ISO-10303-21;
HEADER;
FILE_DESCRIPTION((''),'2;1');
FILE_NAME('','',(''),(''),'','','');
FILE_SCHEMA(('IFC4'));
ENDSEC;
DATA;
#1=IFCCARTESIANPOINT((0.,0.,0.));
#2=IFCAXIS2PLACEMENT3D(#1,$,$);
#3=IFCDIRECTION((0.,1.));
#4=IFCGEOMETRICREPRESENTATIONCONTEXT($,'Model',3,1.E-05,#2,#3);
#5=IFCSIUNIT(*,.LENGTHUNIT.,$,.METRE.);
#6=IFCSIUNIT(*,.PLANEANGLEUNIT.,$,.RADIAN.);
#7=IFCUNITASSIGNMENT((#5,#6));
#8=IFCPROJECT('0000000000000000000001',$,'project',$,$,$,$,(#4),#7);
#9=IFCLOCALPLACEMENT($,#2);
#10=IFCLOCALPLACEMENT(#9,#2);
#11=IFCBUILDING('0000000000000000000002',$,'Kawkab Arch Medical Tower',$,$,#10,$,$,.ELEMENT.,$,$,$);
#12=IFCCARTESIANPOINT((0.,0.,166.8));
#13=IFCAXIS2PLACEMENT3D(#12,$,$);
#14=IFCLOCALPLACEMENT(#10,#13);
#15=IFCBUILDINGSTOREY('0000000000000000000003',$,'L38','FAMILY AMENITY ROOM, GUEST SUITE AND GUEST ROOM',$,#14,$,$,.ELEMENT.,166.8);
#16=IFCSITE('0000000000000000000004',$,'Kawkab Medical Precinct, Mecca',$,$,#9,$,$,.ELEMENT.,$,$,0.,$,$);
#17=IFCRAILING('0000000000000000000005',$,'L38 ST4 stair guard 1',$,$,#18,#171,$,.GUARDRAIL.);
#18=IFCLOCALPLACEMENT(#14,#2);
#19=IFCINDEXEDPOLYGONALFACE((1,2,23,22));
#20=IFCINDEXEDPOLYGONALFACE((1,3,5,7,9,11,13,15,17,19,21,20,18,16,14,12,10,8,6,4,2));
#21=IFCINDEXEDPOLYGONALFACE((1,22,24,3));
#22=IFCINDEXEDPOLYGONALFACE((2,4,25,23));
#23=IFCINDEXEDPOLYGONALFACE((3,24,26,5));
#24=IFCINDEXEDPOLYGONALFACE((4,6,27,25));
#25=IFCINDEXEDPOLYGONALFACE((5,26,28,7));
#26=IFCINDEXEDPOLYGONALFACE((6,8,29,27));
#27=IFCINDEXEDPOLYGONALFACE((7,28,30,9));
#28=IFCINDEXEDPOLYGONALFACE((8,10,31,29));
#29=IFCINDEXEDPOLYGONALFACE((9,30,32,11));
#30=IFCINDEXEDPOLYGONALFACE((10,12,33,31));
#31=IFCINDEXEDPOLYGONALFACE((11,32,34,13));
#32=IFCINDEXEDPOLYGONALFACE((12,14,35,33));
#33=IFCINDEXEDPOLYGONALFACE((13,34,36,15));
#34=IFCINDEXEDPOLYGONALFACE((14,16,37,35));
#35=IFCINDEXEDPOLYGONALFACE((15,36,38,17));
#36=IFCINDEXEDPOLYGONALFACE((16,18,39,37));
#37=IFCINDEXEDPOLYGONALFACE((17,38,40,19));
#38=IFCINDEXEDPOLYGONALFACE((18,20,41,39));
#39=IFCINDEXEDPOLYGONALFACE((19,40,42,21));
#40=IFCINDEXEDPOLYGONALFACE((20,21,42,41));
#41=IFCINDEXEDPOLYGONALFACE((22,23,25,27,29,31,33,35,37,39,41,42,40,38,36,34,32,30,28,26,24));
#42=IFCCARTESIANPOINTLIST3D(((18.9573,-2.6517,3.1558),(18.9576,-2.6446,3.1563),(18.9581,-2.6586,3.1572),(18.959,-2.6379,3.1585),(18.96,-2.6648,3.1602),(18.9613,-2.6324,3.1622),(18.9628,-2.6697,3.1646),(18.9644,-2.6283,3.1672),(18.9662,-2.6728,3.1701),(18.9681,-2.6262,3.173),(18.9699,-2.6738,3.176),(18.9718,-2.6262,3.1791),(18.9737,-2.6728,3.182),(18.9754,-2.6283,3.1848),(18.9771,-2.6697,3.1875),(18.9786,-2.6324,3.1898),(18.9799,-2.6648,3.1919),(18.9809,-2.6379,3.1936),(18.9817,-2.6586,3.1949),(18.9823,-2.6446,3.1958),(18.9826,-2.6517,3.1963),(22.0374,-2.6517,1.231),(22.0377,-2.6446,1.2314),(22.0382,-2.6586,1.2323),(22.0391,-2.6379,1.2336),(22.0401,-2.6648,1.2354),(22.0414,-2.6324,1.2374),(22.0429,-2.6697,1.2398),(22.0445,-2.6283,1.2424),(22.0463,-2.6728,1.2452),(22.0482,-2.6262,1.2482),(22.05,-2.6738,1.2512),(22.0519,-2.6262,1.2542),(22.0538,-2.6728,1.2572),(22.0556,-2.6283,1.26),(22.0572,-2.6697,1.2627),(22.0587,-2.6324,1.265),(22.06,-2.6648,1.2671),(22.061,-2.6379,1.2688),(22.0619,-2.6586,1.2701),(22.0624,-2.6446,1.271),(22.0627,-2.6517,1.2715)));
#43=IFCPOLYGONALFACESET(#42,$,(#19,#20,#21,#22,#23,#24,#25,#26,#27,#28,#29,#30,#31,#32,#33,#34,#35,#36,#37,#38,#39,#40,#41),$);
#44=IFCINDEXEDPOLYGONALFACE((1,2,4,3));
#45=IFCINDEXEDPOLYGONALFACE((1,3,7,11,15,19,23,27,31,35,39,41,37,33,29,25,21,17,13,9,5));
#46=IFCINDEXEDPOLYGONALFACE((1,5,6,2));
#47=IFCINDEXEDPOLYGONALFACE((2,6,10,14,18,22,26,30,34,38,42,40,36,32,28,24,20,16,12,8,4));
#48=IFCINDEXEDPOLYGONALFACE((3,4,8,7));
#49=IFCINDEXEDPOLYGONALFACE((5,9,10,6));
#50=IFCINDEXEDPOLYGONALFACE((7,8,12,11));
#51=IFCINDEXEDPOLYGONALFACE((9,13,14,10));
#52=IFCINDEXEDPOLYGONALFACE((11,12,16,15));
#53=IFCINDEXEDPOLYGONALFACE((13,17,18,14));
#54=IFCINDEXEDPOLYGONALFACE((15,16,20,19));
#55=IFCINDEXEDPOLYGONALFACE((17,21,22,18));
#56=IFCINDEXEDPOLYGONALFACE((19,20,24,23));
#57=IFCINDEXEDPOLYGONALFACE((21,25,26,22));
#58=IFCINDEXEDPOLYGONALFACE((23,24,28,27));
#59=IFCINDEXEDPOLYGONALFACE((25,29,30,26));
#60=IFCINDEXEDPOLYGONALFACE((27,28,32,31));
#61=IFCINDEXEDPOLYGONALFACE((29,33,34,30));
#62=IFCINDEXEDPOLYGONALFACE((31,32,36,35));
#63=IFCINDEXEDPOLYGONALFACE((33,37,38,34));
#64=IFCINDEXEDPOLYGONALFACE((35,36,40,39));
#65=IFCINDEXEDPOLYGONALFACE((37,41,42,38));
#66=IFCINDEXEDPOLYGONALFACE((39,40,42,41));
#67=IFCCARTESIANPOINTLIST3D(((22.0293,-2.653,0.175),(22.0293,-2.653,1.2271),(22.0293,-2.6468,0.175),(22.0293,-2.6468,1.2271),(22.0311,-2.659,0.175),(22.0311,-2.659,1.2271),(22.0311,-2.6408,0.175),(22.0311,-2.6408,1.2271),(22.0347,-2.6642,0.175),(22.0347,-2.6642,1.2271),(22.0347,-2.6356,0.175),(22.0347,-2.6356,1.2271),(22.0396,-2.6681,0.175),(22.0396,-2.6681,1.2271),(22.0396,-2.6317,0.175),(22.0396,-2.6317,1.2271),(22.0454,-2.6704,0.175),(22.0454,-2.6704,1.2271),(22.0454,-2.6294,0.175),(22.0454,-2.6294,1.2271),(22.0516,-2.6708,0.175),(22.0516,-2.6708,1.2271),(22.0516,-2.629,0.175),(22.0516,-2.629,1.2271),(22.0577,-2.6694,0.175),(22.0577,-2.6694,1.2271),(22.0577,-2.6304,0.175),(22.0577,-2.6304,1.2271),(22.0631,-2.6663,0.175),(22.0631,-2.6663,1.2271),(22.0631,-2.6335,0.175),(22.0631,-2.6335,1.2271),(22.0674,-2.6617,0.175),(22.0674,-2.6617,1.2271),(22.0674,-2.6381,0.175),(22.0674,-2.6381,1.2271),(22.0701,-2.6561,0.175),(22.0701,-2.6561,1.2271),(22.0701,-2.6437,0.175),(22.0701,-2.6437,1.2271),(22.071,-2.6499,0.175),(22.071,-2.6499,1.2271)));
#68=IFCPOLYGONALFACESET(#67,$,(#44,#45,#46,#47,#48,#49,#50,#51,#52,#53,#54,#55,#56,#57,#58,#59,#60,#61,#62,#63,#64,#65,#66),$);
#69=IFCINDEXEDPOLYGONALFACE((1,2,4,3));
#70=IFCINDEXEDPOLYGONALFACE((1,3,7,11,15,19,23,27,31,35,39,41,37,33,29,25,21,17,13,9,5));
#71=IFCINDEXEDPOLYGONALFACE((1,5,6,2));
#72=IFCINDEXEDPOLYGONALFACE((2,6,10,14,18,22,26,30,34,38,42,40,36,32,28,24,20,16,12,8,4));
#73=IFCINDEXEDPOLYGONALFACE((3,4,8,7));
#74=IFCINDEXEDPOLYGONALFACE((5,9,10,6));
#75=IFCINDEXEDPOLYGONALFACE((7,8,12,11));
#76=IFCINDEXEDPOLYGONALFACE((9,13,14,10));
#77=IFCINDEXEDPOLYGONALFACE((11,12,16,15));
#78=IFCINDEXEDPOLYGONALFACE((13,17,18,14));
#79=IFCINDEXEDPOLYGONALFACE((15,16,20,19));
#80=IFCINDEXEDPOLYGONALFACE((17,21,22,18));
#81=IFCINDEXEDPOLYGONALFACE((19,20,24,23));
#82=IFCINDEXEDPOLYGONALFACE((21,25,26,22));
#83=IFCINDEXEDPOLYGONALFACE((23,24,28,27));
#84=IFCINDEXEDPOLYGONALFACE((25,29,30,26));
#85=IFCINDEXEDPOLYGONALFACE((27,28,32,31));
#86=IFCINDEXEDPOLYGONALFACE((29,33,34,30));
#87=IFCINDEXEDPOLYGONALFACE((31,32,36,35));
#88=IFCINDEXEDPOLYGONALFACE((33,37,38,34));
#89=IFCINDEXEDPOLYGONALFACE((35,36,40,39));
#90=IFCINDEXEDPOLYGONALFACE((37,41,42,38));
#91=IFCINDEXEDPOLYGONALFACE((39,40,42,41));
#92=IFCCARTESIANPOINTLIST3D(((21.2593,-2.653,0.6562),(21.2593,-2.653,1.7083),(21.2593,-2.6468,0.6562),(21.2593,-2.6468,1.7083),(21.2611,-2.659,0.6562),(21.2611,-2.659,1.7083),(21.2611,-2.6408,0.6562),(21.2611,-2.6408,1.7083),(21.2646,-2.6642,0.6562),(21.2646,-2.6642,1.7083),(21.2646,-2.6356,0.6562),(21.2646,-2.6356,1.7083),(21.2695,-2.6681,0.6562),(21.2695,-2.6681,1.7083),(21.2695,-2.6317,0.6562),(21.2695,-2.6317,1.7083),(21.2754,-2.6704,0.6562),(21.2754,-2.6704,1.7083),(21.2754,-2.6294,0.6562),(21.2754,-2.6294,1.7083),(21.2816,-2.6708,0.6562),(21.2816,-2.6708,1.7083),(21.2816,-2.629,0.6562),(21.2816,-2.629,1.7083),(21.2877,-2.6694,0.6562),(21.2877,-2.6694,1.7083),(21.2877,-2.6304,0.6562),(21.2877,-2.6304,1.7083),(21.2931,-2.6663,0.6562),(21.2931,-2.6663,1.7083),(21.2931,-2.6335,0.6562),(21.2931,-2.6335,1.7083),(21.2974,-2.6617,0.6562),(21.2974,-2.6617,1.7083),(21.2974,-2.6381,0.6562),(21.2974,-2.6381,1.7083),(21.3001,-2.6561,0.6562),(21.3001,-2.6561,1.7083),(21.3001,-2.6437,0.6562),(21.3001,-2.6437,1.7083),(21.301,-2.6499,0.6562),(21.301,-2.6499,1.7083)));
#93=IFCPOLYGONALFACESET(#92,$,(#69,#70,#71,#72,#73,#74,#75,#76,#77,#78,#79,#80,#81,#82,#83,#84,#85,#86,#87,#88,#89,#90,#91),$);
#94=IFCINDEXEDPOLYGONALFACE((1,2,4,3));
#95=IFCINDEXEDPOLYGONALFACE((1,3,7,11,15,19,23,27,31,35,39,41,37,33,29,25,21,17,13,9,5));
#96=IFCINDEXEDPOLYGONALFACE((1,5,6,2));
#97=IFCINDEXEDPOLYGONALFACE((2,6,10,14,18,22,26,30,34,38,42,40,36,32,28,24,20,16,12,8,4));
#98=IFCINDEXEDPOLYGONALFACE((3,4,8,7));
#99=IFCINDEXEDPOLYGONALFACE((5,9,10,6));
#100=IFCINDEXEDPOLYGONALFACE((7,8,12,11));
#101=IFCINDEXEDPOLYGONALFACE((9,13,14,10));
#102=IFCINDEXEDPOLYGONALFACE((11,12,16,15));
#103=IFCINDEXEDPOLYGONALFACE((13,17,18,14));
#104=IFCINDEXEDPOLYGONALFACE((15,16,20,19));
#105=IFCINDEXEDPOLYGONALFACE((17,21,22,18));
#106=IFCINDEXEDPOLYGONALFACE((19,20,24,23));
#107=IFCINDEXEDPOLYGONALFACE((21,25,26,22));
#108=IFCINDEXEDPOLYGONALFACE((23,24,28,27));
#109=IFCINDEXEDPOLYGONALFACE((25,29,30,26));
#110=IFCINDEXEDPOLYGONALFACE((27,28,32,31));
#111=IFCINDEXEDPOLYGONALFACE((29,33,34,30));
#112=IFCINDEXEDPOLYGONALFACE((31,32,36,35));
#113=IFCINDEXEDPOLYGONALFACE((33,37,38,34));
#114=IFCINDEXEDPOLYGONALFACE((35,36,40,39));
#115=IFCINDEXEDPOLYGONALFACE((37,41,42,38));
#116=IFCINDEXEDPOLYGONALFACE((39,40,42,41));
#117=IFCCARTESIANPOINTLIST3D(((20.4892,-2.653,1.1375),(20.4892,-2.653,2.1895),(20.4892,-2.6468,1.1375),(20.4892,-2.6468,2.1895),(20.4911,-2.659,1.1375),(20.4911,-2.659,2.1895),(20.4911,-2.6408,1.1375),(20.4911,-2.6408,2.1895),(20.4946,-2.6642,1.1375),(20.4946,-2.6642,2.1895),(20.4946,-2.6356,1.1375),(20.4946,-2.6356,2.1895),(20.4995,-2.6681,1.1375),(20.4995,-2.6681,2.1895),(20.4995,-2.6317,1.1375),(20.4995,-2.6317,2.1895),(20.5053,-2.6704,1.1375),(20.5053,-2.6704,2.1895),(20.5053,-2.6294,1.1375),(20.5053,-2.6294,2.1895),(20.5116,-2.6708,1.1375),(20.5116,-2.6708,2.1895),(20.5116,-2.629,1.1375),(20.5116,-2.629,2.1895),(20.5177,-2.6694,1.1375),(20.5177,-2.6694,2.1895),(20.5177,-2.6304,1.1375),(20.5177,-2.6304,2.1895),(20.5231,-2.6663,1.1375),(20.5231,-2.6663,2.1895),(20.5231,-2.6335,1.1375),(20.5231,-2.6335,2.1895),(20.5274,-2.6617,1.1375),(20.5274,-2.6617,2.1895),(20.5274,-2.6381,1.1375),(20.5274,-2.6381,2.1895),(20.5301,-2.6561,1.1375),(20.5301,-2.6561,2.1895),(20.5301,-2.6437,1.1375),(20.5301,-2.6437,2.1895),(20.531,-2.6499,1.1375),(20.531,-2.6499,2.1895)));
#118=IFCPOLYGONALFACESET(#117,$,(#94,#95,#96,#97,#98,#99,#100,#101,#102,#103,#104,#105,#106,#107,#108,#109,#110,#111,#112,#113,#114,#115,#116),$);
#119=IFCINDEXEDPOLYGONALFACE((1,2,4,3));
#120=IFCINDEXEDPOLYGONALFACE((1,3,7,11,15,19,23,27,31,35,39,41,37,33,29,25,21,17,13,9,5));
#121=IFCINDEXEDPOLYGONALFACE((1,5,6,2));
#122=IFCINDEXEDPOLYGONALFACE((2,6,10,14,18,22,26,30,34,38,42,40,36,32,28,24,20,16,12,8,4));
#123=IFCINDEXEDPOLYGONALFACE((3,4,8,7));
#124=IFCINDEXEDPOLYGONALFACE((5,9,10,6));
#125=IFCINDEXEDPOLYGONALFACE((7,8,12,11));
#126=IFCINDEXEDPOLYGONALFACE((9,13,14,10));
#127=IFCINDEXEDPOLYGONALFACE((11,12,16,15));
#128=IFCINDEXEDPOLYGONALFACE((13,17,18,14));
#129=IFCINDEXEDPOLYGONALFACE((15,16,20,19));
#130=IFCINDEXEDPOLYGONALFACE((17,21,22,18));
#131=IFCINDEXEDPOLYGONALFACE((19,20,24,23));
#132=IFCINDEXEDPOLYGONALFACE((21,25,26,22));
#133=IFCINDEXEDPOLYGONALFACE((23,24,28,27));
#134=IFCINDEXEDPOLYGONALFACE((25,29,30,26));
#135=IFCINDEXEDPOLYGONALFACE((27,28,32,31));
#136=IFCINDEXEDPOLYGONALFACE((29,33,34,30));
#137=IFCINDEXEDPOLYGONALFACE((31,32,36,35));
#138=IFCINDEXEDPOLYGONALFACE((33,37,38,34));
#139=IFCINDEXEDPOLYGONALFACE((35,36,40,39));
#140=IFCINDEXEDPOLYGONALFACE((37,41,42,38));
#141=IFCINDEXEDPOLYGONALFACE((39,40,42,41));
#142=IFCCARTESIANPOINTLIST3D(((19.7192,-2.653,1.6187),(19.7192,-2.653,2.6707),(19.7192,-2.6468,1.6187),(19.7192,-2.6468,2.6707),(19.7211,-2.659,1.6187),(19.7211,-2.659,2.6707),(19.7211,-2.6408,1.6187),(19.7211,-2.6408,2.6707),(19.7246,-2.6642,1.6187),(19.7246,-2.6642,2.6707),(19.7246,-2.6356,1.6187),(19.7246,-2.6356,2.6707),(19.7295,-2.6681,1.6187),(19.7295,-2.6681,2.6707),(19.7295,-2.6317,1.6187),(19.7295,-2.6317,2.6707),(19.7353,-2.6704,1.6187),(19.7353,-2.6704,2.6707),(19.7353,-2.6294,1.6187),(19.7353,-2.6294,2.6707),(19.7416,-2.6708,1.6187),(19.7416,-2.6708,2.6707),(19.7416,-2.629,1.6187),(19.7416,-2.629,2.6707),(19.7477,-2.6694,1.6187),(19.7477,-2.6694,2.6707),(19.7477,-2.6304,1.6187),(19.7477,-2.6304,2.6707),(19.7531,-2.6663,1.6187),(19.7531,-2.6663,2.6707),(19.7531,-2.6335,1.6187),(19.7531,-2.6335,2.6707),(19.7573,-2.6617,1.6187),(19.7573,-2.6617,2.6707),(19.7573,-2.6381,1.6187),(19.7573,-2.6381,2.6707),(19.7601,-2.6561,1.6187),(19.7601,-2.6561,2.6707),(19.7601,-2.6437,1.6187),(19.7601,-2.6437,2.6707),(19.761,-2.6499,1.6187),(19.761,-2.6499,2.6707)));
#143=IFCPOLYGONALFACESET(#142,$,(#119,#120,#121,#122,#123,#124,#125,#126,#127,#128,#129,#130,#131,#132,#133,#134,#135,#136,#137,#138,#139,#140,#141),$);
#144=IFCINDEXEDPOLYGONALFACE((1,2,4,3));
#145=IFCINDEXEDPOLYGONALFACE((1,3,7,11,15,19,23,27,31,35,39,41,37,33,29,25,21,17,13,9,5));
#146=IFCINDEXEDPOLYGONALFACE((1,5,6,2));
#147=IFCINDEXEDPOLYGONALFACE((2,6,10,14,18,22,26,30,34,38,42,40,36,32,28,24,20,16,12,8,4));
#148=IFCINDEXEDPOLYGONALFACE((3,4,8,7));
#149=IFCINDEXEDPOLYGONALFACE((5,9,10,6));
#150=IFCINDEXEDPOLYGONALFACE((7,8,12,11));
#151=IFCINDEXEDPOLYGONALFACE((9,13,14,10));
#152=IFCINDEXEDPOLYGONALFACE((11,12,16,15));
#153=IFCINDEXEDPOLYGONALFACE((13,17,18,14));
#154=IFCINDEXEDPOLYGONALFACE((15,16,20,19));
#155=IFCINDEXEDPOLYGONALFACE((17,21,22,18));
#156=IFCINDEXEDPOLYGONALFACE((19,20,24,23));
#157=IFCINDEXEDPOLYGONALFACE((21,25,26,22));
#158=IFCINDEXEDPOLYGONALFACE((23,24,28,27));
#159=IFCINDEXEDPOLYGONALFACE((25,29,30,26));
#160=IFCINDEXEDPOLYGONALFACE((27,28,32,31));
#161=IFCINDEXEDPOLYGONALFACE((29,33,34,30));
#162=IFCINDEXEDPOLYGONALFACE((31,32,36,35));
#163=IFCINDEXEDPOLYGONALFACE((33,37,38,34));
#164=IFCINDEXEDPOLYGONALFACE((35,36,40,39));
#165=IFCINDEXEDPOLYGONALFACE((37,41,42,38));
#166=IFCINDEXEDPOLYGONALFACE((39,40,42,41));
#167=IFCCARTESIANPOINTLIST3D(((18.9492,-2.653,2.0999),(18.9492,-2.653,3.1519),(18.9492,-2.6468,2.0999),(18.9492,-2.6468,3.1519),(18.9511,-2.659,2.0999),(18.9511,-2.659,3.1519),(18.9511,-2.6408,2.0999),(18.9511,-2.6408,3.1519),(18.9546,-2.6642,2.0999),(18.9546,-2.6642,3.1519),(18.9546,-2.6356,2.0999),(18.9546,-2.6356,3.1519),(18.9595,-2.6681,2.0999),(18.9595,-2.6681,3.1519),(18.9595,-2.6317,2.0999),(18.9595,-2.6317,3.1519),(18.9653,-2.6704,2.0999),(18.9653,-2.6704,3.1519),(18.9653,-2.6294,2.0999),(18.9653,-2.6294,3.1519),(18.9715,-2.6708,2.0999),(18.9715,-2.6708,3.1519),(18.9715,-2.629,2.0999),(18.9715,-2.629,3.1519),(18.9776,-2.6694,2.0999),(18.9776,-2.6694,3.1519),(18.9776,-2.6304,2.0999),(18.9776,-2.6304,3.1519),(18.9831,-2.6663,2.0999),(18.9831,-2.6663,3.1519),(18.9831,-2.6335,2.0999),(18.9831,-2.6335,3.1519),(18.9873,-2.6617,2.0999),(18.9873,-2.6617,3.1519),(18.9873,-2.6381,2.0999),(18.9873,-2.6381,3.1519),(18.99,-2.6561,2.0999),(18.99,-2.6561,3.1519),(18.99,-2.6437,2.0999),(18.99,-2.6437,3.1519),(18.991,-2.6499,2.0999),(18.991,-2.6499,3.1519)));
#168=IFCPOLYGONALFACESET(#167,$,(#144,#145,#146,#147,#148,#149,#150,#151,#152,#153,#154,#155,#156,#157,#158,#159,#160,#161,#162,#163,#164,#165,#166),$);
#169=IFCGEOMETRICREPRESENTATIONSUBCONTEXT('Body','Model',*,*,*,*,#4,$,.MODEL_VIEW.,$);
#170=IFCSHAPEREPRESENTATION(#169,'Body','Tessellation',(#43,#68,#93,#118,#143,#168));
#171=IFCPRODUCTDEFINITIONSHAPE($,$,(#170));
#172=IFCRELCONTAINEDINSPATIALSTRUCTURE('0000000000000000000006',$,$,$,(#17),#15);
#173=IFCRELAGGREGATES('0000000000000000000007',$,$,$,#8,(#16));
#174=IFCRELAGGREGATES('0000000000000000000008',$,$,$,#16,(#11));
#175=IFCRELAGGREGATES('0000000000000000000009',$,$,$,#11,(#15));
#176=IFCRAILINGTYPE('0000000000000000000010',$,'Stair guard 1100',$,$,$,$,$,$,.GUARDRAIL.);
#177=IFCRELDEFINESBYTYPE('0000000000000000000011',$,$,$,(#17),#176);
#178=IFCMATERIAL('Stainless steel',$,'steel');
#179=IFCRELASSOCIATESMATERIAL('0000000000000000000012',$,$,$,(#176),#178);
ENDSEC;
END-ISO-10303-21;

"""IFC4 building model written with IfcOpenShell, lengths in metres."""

from ifc_helpers import new_model, si_unit, direction, frame, origin, origin_2d, place, context, subcontext, project, spatial, circle, extrude, material, type_object, element, save


model = new_model("IFC4")

# Units and contexts
model_context = context("Model", 3, precision=1e-05, world=origin(), true_north=direction((0.0, 1.0)))
body_context = subcontext(model_context, "Body", "Model", "MODEL_VIEW")
ifc_project = project(units=[si_unit("LENGTHUNIT", "METRE"), si_unit("PLANEANGLEUNIT", "RADIAN")], contexts=[model_context])

# Site, building, storey
site_placement = place(None, origin())
site = spatial("IfcSite", under=ifc_project, at=site_placement, Name="Kawkab Medical Precinct, Mecca", CompositionType="ELEMENT", RefElevation=0.0)
building_placement = place(site_placement, origin())
building = spatial("IfcBuilding", under=site, at=building_placement, Name="Kawkab Arch Medical Tower", CompositionType="ELEMENT")
storey_placement = place(building_placement, frame((0.0, 0.0, 166.8)))
storey = spatial("IfcBuildingStorey", under=building, at=storey_placement, Name="L38", Description="FAMILY AMENITY ROOM, GUEST SUITE AND GUEST ROOM", CompositionType="ELEMENT", Elevation=166.8)

# Railing
ifc_material_1 = material(Name="Stainless steel", Category="steel")
railing_type = type_object("IfcRailingType", Name="Stair guard 1100", PredefinedType="GUARDRAIL", material=ifc_material_1)
railing_1_placement = place(storey_placement, frame((22.05, -2.6499, 0.175)))
element("IfcRailing", 1, at=railing_1_placement, inside=storey, type_object=railing_type, Name="L38 ST4 stair guard 1", PredefinedType="GUARDRAIL", context=body_context, shape_type="SweptSolid", body=[
    extrude(circle(Radius=0.0239, at=origin_2d()), frame((0.0, 0.0, 1.0762), z_axis=(-0.848029, 0.0, 0.529951), x_axis=(0.0, -1.0, 0.0)), (0.0, 0.0, 1.0), 3.6321),
    extrude(circle(Radius=0.021, at=origin_2d()), origin(), (0.0, 0.0, 1.0), 1.052),
    extrude(circle(Radius=0.021, at=origin_2d()), frame((-0.77, 0.0, 0.4812)), (0.0, 0.0, 1.0), 1.052),
    extrude(circle(Radius=0.021, at=origin_2d()), frame((-1.54, 0.0, 0.9624)), (0.0, 0.0, 1.0), 1.052),
    extrude(circle(Radius=0.021, at=origin_2d()), frame((-2.3101, 0.0, 1.4436)), (0.0, 0.0, 1.0), 1.052),
    extrude(circle(Radius=0.021, at=origin_2d()), frame((-3.0801, 0.0, 1.9248)), (0.0, 0.0, 1.0), 1.052),
])

save(model, "model.ifc")
